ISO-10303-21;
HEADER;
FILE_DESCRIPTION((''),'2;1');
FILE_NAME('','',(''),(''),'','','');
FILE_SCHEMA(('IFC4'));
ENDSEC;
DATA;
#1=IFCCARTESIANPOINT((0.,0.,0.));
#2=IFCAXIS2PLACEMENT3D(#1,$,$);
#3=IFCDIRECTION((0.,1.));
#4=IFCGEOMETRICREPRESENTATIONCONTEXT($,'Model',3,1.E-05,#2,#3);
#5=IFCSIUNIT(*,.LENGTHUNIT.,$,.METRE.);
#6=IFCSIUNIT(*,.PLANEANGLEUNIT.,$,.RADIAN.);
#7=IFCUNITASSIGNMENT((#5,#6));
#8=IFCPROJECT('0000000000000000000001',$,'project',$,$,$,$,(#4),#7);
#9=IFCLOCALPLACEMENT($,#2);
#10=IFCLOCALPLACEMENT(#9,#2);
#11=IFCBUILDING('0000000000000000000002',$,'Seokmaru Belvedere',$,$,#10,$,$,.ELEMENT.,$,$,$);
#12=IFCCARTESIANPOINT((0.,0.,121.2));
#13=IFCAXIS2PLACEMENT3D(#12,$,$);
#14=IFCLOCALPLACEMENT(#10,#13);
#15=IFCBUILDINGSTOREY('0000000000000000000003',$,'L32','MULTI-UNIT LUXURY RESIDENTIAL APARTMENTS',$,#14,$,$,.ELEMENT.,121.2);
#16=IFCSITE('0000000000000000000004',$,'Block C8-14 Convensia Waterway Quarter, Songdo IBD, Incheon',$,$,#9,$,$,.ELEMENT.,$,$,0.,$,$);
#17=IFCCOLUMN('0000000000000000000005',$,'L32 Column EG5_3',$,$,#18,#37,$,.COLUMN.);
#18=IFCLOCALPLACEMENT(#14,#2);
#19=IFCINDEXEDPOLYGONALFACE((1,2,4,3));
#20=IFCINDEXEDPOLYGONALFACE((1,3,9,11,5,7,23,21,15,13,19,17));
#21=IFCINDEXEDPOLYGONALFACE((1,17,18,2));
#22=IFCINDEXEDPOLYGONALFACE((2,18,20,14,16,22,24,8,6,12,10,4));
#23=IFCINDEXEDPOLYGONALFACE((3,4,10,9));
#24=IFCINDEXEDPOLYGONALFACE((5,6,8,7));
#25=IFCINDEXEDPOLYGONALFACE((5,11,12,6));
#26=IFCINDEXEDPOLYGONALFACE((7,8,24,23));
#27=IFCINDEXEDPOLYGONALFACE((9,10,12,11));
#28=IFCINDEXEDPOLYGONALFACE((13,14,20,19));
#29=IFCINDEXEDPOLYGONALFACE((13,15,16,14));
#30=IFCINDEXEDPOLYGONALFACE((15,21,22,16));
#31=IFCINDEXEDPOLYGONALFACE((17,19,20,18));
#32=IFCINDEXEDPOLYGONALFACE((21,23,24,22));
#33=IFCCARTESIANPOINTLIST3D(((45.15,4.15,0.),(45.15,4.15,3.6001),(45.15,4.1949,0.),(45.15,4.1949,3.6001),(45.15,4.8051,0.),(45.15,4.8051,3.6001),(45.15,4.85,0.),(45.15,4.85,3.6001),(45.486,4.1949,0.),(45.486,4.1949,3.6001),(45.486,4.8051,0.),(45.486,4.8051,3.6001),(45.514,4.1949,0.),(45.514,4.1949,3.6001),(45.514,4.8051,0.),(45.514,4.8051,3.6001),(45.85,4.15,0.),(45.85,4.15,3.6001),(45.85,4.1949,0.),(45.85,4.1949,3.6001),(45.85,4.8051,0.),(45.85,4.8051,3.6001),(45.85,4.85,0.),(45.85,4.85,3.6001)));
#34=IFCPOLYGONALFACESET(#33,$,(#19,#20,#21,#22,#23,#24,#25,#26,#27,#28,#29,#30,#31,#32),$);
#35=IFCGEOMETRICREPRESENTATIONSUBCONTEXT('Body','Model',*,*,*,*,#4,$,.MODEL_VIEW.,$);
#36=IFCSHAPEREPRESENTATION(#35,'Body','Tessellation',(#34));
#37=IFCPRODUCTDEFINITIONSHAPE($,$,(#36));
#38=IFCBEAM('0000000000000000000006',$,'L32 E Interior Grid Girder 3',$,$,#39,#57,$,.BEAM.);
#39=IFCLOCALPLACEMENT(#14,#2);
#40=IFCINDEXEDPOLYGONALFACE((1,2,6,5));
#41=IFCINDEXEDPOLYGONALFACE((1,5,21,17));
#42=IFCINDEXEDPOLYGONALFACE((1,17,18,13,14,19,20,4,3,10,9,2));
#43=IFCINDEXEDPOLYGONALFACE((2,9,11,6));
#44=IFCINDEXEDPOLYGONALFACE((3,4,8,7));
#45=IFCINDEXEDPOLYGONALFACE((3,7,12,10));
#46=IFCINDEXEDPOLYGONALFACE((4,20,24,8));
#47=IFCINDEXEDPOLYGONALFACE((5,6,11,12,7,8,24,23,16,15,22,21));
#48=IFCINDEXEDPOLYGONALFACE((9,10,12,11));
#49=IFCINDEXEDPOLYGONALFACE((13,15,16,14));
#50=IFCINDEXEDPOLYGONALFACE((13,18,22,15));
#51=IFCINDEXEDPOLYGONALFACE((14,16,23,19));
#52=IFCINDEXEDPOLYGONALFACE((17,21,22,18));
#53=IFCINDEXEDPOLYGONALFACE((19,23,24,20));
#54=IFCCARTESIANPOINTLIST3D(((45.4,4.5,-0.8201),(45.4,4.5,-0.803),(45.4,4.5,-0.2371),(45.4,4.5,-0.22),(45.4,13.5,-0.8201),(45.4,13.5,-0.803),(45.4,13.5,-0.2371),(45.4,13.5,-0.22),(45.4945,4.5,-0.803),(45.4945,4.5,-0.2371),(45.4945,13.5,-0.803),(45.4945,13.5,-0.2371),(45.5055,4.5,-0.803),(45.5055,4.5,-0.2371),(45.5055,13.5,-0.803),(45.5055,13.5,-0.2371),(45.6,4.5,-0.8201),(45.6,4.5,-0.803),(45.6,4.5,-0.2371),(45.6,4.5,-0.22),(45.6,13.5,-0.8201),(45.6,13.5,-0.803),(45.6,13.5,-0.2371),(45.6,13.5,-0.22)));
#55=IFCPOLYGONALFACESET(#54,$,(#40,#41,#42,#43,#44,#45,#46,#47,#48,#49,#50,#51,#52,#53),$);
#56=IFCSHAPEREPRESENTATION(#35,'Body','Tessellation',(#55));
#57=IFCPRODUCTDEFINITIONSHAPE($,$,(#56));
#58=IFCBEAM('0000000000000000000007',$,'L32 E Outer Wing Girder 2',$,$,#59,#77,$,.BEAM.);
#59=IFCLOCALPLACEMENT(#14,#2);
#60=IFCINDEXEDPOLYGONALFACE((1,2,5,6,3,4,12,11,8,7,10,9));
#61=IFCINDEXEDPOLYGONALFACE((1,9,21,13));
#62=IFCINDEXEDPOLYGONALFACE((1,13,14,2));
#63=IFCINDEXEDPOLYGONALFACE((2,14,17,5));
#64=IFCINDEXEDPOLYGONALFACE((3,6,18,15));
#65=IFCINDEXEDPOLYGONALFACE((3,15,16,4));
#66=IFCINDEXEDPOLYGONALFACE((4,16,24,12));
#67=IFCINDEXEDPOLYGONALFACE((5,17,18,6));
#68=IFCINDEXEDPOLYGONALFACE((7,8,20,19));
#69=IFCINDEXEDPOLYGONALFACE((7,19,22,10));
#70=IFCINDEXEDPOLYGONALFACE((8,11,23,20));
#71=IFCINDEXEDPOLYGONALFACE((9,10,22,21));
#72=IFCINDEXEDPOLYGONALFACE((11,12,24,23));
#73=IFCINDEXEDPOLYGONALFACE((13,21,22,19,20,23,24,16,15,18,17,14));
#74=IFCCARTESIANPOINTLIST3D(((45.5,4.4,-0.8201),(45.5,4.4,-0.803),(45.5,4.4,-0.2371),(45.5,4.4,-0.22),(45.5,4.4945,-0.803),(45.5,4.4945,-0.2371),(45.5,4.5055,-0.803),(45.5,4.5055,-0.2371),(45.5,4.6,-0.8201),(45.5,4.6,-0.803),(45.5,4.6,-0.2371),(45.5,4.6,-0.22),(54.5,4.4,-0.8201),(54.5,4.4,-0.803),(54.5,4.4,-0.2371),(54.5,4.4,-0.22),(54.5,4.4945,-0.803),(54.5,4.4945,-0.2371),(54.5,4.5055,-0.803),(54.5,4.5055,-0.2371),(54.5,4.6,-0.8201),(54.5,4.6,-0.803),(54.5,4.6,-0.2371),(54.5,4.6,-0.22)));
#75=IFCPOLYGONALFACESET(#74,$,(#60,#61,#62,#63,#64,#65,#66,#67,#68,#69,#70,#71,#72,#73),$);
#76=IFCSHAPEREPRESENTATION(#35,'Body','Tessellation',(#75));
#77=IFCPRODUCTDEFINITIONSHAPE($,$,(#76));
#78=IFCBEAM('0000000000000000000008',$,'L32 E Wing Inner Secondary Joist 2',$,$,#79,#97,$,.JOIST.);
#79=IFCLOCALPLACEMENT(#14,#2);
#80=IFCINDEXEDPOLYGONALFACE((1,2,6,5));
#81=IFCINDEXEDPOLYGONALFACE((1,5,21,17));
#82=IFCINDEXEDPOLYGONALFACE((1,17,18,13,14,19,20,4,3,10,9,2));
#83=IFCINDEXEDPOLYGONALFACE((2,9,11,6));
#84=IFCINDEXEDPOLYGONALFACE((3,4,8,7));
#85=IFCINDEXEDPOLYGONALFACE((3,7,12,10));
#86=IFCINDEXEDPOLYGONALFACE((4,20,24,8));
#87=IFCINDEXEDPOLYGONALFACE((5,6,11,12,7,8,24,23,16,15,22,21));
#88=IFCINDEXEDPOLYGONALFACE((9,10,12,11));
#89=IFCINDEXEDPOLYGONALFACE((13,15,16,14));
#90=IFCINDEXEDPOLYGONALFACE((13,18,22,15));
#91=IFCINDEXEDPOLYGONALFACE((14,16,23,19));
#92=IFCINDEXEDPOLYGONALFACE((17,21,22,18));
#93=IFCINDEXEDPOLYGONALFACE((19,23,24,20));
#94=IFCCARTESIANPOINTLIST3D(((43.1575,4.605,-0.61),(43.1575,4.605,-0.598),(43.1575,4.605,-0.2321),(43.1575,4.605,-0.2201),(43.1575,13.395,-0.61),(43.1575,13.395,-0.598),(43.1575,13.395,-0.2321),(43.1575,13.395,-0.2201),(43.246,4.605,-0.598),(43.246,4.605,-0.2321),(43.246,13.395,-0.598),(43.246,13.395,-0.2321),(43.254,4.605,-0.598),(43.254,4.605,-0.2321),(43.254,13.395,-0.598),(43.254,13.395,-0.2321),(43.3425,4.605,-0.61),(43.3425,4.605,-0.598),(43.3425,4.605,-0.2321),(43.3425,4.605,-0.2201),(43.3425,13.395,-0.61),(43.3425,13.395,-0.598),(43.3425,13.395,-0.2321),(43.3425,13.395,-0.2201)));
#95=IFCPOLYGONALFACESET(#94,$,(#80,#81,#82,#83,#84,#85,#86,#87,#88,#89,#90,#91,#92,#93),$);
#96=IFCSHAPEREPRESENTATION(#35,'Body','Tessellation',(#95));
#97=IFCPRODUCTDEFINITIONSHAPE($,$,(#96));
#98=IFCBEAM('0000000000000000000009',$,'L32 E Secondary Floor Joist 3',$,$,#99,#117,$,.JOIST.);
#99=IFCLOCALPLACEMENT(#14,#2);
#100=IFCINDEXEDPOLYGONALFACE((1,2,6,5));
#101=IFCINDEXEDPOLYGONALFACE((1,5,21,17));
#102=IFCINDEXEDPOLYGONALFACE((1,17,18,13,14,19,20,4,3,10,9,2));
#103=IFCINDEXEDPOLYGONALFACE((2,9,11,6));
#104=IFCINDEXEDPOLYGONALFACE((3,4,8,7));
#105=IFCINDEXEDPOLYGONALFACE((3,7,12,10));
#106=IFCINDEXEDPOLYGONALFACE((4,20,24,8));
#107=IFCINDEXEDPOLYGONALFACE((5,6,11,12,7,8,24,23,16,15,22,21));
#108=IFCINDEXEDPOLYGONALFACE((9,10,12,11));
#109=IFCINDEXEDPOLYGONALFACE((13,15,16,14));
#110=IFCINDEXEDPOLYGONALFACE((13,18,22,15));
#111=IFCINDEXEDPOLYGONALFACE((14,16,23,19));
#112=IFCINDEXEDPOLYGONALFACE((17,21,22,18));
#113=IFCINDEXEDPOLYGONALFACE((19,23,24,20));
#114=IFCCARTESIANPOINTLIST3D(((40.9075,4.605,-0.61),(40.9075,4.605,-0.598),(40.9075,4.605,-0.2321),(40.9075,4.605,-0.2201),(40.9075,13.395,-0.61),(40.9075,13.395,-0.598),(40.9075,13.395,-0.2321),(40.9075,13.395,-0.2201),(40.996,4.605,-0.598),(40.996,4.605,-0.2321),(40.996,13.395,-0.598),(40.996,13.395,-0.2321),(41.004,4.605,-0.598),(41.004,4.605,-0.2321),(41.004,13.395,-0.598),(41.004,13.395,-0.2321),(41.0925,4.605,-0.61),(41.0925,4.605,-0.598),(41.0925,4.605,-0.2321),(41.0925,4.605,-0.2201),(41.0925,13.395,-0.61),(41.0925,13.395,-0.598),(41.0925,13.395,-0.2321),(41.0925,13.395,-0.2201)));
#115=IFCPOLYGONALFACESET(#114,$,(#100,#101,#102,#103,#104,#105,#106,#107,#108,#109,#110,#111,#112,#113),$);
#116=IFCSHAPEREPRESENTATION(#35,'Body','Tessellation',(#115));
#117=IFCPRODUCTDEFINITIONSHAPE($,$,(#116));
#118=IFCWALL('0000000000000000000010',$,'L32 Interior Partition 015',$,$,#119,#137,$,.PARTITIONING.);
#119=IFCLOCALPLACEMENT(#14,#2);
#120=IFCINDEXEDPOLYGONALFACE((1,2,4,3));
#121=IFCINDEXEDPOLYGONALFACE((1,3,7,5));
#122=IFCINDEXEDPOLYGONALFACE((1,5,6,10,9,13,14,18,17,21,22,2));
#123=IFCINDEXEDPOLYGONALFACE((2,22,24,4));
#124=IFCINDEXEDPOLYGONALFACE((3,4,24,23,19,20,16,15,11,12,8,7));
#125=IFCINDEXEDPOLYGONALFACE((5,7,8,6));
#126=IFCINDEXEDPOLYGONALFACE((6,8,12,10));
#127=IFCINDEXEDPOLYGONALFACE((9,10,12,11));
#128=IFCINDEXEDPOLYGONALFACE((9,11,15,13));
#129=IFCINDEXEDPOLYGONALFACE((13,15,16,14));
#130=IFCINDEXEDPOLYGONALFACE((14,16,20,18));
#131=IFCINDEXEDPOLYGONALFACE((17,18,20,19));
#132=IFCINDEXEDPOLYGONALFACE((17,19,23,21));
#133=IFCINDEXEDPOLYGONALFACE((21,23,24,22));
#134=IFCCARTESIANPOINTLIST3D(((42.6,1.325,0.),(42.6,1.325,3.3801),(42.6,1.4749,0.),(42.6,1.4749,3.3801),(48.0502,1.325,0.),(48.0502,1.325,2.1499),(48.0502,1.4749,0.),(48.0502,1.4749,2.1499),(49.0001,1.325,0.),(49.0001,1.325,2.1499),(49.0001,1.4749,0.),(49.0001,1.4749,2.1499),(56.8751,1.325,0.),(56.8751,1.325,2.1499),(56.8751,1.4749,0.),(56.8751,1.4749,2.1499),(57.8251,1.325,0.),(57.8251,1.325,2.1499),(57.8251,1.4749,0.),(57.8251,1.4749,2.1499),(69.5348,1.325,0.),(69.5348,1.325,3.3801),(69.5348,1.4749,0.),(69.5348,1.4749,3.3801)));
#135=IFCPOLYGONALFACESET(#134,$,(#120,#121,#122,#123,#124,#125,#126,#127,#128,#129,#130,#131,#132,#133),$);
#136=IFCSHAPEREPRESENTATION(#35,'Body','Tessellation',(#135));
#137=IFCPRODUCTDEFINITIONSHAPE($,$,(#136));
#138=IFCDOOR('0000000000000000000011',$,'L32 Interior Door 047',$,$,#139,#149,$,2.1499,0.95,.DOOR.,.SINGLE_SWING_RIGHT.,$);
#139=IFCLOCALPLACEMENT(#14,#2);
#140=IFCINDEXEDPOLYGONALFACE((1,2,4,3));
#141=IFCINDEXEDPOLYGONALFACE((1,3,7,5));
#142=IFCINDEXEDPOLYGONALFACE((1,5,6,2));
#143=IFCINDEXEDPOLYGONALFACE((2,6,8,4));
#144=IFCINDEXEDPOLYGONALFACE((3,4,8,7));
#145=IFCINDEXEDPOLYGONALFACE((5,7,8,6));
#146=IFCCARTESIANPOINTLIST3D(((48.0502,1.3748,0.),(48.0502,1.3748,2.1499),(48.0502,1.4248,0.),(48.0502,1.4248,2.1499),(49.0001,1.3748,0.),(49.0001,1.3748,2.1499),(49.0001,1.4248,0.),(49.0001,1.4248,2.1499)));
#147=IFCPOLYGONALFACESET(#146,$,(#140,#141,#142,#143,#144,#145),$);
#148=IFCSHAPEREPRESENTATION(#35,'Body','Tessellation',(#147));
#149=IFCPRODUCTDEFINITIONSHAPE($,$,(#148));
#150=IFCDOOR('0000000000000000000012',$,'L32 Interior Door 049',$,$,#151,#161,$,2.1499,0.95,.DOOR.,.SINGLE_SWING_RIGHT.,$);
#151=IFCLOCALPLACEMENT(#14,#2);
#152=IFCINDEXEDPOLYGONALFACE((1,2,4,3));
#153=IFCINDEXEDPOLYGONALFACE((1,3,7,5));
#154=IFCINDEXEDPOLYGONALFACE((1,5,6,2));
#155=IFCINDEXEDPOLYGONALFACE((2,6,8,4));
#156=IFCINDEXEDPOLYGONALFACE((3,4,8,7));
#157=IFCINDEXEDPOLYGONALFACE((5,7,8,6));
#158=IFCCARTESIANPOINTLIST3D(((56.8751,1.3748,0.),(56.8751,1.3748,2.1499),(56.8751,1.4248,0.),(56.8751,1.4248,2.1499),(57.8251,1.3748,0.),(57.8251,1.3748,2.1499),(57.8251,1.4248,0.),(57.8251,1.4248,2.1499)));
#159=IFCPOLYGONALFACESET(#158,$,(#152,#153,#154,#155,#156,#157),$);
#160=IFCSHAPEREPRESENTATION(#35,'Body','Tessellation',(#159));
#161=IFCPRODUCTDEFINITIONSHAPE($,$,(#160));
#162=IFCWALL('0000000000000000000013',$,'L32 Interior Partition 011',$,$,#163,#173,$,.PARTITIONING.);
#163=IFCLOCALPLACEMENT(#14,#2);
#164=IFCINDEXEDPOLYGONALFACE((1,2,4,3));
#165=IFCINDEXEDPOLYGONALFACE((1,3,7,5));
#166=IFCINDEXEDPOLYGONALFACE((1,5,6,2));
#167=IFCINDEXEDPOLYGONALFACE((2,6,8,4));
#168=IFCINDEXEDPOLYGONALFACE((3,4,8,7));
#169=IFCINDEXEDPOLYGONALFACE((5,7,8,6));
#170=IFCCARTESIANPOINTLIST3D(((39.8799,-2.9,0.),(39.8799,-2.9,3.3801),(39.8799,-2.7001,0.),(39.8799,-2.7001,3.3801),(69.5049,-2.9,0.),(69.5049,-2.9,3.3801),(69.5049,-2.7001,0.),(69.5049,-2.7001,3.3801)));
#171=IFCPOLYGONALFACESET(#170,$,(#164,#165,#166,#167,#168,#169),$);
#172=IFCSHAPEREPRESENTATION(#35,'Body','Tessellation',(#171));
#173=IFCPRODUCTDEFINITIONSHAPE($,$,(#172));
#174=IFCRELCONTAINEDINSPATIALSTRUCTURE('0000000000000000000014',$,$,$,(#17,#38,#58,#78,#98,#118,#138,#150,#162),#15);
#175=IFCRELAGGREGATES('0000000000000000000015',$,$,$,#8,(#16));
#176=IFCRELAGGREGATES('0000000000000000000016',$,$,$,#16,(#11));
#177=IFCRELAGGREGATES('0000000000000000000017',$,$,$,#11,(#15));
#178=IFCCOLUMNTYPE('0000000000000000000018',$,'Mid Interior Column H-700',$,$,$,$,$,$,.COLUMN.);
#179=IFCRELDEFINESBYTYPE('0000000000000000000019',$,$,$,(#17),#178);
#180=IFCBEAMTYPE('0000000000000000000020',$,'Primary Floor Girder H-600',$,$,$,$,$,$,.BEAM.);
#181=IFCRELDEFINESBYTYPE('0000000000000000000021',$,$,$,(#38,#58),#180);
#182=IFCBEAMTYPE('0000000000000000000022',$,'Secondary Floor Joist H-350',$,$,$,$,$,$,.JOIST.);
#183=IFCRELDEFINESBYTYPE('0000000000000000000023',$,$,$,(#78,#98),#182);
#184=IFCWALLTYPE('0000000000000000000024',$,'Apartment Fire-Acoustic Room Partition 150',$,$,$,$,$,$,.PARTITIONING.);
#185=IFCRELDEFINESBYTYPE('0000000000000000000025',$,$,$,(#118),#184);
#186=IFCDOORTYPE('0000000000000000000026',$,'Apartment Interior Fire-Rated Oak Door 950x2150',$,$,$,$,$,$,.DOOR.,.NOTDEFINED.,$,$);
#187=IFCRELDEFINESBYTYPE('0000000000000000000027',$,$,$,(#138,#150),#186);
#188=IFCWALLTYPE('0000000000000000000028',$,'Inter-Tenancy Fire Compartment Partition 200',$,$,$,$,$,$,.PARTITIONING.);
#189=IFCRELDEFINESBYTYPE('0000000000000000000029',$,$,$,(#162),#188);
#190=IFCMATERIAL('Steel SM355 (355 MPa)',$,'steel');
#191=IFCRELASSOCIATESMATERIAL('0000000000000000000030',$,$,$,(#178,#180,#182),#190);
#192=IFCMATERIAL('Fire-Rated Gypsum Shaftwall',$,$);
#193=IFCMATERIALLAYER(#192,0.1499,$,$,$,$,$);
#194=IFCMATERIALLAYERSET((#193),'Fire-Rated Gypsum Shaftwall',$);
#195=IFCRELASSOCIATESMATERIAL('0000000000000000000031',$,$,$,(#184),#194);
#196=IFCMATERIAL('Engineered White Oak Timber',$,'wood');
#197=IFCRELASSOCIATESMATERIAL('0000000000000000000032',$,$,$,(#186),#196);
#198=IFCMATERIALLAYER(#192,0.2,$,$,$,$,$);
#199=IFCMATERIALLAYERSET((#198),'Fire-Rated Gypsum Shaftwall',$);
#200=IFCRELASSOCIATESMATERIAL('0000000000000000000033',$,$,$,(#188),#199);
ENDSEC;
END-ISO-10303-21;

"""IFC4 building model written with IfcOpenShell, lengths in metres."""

from ifc_helpers import new_model, si_unit, direction, frame, frame_2d, origin, origin_2d, place, context, subcontext, project, spatial, rectangle, i_section, extrude, source, transform, mapped, material, layer, layer_set, material_profile, profile_set, type_object, type_shapes, element, fill, save


model = new_model("IFC4")

# Units and contexts
model_context = context("Model", 3, precision=1e-05, world=origin(), true_north=direction((0.0, 1.0)))
body_context = subcontext(model_context, "Body", "Model", "MODEL_VIEW")
ifc_project = project(units=[si_unit("LENGTHUNIT", "METRE"), si_unit("PLANEANGLEUNIT", "RADIAN")], contexts=[model_context])

# Site, building, storey
site_placement = place(None, origin())
site = spatial("IfcSite", under=ifc_project, at=site_placement, Name="Block C8-14 Convensia Waterway Quarter, Songdo IBD, Incheon", CompositionType="ELEMENT", RefElevation=0.0)
building_placement = place(site_placement, origin())
building = spatial("IfcBuilding", under=site, at=building_placement, Name="Seokmaru Belvedere", CompositionType="ELEMENT")
storey_placement = place(building_placement, frame((0.0, 0.0, 121.2)))
storey = spatial("IfcBuildingStorey", under=building, at=storey_placement, Name="L32", Description="MULTI-UNIT LUXURY RESIDENTIAL APARTMENTS", CompositionType="ELEMENT", Elevation=121.2)

# Column
ifc_material_1 = material(Name="Steel SM355 (355 MPa)", Category="steel")
ifc_material_profile_1 = material_profile(ifc_material_1, i_section(OverallWidth=0.7, OverallDepth=0.7, WebThickness=0.0281, FlangeThickness=0.0449, at=origin_2d()), Name="H-700x700x28x45")
ifc_profile_set_1 = profile_set([ifc_material_profile_1], Name="Steel SM355 (355 MPa)")
column_type = type_object("IfcColumnType", Name="Mid Interior Column H-700", PredefinedType="COLUMN", material=ifc_profile_set_1)
shared_shape_1 = source(origin(), body_context, "Body", "SweptSolid", [
    extrude(i_section(OverallWidth=0.7, OverallDepth=0.7, WebThickness=0.0281, FlangeThickness=0.0449, at=origin_2d()), origin(), (0.0, 0.0, 1.0), 3.6001),
])
type_shapes(column_type, [shared_shape_1])
column_placement = place(storey_placement, frame((45.5, 4.5, 0.0), z_axis=(0.0, 0.0, 1.0), x_axis=(1.0, 0.0, 0.0)))
element("IfcColumn", 1, at=column_placement, inside=storey, type_object=column_type, Name="L32 Column EG5_3", PredefinedType="COLUMN", context=body_context, shape_type="MappedRepresentation", body=[
    mapped(shared_shape_1, transform((0.0, 0.0, 0.0), scale=1.0)),
])

# Beams
ifc_material_profile_2 = material_profile(ifc_material_1, i_section(OverallWidth=0.2, OverallDepth=0.6001, WebThickness=0.011, FlangeThickness=0.0171, at=origin_2d()), Name="H-600x200x11x17")
ifc_profile_set_2 = profile_set([ifc_material_profile_2], Name="Steel SM355 (355 MPa)")
beam_type_1 = type_object("IfcBeamType", Name="Primary Floor Girder H-600", PredefinedType="BEAM", material=ifc_profile_set_2)
shared_shape_2 = source(origin(), body_context, "Body", "SweptSolid", [
    extrude(i_section(OverallWidth=0.2, OverallDepth=0.6001, WebThickness=0.011, FlangeThickness=0.0171, at=origin_2d()), origin(), (0.0, 0.0, 1.0), 9.0),
])
type_shapes(beam_type_1, [shared_shape_2])
for number, where, z_axis, x_axis, name in (
    (2, (45.5, 4.5, -0.52), (0.0, 1.0, 0.0), (-1.0, 0.0, 0.0), "L32 E Interior Grid Girder 3"),
    (3, (45.5, 4.5, -0.52), (1.0, 0.0, 0.0), (0.0, 1.0, 0.0), "L32 E Outer Wing Girder 2"),
):
    element("IfcBeam", number, at=place(storey_placement, frame(where, z_axis=z_axis, x_axis=x_axis)), inside=storey, type_object=beam_type_1, Name=name, PredefinedType="BEAM", context=body_context, shape_type="MappedRepresentation", body=[
        mapped(shared_shape_2, transform((0.0, 0.0, 0.0), scale=1.0)),
    ])
ifc_material_profile_3 = material_profile(ifc_material_1, i_section(OverallWidth=0.1851, OverallDepth=0.3899, WebThickness=0.0081, FlangeThickness=0.012, at=origin_2d()), Name="H-390x185x8x12")
ifc_profile_set_3 = profile_set([ifc_material_profile_3], Name="Steel SM355 (355 MPa)")
beam_type_2 = type_object("IfcBeamType", Name="Secondary Floor Joist H-350", PredefinedType="JOIST", material=ifc_profile_set_3)
shared_shape_3 = source(origin(), body_context, "Body", "SweptSolid", [
    extrude(i_section(OverallWidth=0.1851, OverallDepth=0.3899, WebThickness=0.0081, FlangeThickness=0.012, at=origin_2d()), origin(), (0.0, 0.0, 1.0), 8.79),
])
type_shapes(beam_type_2, [shared_shape_3])
for number, where, z_axis, x_axis, name in (
    (4, (43.25, 4.605, -0.415), (0.0, 1.0, 0.0), (-1.0, 0.0, 0.0), "L32 E Wing Inner Secondary Joist 2"),
    (5, (41.0, 4.605, -0.415), (0.0, 1.0, 0.0), (-1.0, 0.0, 0.0), "L32 E Secondary Floor Joist 3"),
):
    element("IfcBeam", number, at=place(storey_placement, frame(where, z_axis=z_axis, x_axis=x_axis)), inside=storey, type_object=beam_type_2, Name=name, PredefinedType="JOIST", context=body_context, shape_type="MappedRepresentation", body=[
        mapped(shared_shape_3, transform((0.0, 0.0, 0.0), scale=1.0)),
    ])

# Wall, openings, doors
ifc_material_2 = material(Name="Fire-Rated Gypsum Shaftwall")
ifc_layer_1 = layer(ifc_material_2, 0.1499)
ifc_layer_set_1 = layer_set([ifc_layer_1], Name="Fire-Rated Gypsum Shaftwall")
wall_type_1 = type_object("IfcWallType", Name="Apartment Fire-Acoustic Room Partition 150", PredefinedType="PARTITIONING", material=ifc_layer_set_1)
wall_1_placement = place(storey_placement, frame((42.6001, 1.3999, 0.0), z_axis=(0.0, 0.0, 1.0), x_axis=(1.0, 0.0, 0.0)))
wall_1 = element("IfcWall", 6, at=wall_1_placement, inside=storey, type_object=wall_type_1, Name="L32 Interior Partition 015", PredefinedType="PARTITIONING", context=body_context, shape_type="SweptSolid", body=[
    extrude(rectangle(XDim=26.9348, YDim=0.1499, at=frame_2d((13.4673, 0.0))), origin(), (0.0, 0.0, 1.0), 3.3801),
])
opening_1_placement = place(wall_1_placement, frame((5.45, 0.0, 0.0)))
opening_1 = element("IfcOpeningElement", 7, at=opening_1_placement, cuts=wall_1, PredefinedType="OPENING", context=body_context, shape_type="SweptSolid", body=[
    extrude(rectangle(XDim=0.95, YDim=2.1499, at=frame_2d((0.4751, 1.075))), frame((0.0, 0.085, 0.0), z_axis=(0.0, -1.0, 0.0), x_axis=(1.0, 0.0, 0.0)), (0.0, 0.0, 1.0), 0.1699),
])
opening_2_placement = place(wall_1_placement, frame((14.2749, 0.0, 0.0)))
opening_2 = element("IfcOpeningElement", 8, at=opening_2_placement, cuts=wall_1, PredefinedType="OPENING", context=body_context, shape_type="SweptSolid", body=[
    extrude(rectangle(XDim=0.95, YDim=2.1499, at=frame_2d((0.4751, 1.075))), frame((0.0, 0.085, 0.0), z_axis=(0.0, -1.0, 0.0), x_axis=(1.0, 0.0, 0.0)), (0.0, 0.0, 1.0), 0.1699),
])
ifc_material_3 = material(Name="Engineered White Oak Timber", Category="wood")
door_type_1 = type_object("IfcDoorType", Name="Apartment Interior Fire-Rated Oak Door 950x2150", OperationType="NOTDEFINED", PredefinedType="DOOR", material=ifc_material_3)
shared_shape_4 = source(origin(), body_context, "Body", "SweptSolid", [
    extrude(rectangle(XDim=0.95, YDim=2.1499, at=frame_2d((0.4751, 1.075))), frame((0.0, 0.0249, 0.0), z_axis=(0.0, -1.0, 0.0), x_axis=(1.0, 0.0, 0.0)), (0.0, 0.0, 1.0), 0.05),
])
type_shapes(door_type_1, [shared_shape_4])
door_1_placement = place(opening_1_placement, origin())
door_1 = element("IfcDoor", 9, at=door_1_placement, inside=storey, type_object=door_type_1, Name="L32 Interior Door 047", OperationType="SINGLE_SWING_RIGHT", OverallHeight=2.1499, OverallWidth=0.95, PredefinedType="DOOR", context=body_context, shape_type="MappedRepresentation", body=[
    mapped(shared_shape_4, transform((0.0, 0.0, 0.0), scale=1.0)),
])
fill(opening_1, door_1)
door_2_placement = place(opening_2_placement, origin())
door_2 = element("IfcDoor", 10, at=door_2_placement, inside=storey, type_object=door_type_1, Name="L32 Interior Door 049", OperationType="SINGLE_SWING_RIGHT", OverallHeight=2.1499, OverallWidth=0.95, PredefinedType="DOOR", context=body_context, shape_type="MappedRepresentation", body=[
    mapped(shared_shape_4, transform((0.0, 0.0, 0.0), scale=1.0)),
])
fill(opening_2, door_2)

# Wall
ifc_layer_2 = layer(ifc_material_2, 0.2)
ifc_layer_set_2 = layer_set([ifc_layer_2], Name="Fire-Rated Gypsum Shaftwall")
wall_type_2 = type_object("IfcWallType", Name="Inter-Tenancy Fire Compartment Partition 200", PredefinedType="PARTITIONING", material=ifc_layer_set_2)
wall_2_placement = place(storey_placement, frame((39.8799, -2.8, 0.0), z_axis=(0.0, 0.0, 1.0), x_axis=(1.0, 0.0, 0.0)))
element("IfcWall", 11, at=wall_2_placement, inside=storey, type_object=wall_type_2, Name="L32 Interior Partition 011", PredefinedType="PARTITIONING", context=body_context, shape_type="SweptSolid", body=[
    extrude(rectangle(XDim=29.625, YDim=0.2, at=frame_2d((14.8125, 0.0))), origin(), (0.0, 0.0, 1.0), 3.3801),
])

save(model, "model.ifc")
